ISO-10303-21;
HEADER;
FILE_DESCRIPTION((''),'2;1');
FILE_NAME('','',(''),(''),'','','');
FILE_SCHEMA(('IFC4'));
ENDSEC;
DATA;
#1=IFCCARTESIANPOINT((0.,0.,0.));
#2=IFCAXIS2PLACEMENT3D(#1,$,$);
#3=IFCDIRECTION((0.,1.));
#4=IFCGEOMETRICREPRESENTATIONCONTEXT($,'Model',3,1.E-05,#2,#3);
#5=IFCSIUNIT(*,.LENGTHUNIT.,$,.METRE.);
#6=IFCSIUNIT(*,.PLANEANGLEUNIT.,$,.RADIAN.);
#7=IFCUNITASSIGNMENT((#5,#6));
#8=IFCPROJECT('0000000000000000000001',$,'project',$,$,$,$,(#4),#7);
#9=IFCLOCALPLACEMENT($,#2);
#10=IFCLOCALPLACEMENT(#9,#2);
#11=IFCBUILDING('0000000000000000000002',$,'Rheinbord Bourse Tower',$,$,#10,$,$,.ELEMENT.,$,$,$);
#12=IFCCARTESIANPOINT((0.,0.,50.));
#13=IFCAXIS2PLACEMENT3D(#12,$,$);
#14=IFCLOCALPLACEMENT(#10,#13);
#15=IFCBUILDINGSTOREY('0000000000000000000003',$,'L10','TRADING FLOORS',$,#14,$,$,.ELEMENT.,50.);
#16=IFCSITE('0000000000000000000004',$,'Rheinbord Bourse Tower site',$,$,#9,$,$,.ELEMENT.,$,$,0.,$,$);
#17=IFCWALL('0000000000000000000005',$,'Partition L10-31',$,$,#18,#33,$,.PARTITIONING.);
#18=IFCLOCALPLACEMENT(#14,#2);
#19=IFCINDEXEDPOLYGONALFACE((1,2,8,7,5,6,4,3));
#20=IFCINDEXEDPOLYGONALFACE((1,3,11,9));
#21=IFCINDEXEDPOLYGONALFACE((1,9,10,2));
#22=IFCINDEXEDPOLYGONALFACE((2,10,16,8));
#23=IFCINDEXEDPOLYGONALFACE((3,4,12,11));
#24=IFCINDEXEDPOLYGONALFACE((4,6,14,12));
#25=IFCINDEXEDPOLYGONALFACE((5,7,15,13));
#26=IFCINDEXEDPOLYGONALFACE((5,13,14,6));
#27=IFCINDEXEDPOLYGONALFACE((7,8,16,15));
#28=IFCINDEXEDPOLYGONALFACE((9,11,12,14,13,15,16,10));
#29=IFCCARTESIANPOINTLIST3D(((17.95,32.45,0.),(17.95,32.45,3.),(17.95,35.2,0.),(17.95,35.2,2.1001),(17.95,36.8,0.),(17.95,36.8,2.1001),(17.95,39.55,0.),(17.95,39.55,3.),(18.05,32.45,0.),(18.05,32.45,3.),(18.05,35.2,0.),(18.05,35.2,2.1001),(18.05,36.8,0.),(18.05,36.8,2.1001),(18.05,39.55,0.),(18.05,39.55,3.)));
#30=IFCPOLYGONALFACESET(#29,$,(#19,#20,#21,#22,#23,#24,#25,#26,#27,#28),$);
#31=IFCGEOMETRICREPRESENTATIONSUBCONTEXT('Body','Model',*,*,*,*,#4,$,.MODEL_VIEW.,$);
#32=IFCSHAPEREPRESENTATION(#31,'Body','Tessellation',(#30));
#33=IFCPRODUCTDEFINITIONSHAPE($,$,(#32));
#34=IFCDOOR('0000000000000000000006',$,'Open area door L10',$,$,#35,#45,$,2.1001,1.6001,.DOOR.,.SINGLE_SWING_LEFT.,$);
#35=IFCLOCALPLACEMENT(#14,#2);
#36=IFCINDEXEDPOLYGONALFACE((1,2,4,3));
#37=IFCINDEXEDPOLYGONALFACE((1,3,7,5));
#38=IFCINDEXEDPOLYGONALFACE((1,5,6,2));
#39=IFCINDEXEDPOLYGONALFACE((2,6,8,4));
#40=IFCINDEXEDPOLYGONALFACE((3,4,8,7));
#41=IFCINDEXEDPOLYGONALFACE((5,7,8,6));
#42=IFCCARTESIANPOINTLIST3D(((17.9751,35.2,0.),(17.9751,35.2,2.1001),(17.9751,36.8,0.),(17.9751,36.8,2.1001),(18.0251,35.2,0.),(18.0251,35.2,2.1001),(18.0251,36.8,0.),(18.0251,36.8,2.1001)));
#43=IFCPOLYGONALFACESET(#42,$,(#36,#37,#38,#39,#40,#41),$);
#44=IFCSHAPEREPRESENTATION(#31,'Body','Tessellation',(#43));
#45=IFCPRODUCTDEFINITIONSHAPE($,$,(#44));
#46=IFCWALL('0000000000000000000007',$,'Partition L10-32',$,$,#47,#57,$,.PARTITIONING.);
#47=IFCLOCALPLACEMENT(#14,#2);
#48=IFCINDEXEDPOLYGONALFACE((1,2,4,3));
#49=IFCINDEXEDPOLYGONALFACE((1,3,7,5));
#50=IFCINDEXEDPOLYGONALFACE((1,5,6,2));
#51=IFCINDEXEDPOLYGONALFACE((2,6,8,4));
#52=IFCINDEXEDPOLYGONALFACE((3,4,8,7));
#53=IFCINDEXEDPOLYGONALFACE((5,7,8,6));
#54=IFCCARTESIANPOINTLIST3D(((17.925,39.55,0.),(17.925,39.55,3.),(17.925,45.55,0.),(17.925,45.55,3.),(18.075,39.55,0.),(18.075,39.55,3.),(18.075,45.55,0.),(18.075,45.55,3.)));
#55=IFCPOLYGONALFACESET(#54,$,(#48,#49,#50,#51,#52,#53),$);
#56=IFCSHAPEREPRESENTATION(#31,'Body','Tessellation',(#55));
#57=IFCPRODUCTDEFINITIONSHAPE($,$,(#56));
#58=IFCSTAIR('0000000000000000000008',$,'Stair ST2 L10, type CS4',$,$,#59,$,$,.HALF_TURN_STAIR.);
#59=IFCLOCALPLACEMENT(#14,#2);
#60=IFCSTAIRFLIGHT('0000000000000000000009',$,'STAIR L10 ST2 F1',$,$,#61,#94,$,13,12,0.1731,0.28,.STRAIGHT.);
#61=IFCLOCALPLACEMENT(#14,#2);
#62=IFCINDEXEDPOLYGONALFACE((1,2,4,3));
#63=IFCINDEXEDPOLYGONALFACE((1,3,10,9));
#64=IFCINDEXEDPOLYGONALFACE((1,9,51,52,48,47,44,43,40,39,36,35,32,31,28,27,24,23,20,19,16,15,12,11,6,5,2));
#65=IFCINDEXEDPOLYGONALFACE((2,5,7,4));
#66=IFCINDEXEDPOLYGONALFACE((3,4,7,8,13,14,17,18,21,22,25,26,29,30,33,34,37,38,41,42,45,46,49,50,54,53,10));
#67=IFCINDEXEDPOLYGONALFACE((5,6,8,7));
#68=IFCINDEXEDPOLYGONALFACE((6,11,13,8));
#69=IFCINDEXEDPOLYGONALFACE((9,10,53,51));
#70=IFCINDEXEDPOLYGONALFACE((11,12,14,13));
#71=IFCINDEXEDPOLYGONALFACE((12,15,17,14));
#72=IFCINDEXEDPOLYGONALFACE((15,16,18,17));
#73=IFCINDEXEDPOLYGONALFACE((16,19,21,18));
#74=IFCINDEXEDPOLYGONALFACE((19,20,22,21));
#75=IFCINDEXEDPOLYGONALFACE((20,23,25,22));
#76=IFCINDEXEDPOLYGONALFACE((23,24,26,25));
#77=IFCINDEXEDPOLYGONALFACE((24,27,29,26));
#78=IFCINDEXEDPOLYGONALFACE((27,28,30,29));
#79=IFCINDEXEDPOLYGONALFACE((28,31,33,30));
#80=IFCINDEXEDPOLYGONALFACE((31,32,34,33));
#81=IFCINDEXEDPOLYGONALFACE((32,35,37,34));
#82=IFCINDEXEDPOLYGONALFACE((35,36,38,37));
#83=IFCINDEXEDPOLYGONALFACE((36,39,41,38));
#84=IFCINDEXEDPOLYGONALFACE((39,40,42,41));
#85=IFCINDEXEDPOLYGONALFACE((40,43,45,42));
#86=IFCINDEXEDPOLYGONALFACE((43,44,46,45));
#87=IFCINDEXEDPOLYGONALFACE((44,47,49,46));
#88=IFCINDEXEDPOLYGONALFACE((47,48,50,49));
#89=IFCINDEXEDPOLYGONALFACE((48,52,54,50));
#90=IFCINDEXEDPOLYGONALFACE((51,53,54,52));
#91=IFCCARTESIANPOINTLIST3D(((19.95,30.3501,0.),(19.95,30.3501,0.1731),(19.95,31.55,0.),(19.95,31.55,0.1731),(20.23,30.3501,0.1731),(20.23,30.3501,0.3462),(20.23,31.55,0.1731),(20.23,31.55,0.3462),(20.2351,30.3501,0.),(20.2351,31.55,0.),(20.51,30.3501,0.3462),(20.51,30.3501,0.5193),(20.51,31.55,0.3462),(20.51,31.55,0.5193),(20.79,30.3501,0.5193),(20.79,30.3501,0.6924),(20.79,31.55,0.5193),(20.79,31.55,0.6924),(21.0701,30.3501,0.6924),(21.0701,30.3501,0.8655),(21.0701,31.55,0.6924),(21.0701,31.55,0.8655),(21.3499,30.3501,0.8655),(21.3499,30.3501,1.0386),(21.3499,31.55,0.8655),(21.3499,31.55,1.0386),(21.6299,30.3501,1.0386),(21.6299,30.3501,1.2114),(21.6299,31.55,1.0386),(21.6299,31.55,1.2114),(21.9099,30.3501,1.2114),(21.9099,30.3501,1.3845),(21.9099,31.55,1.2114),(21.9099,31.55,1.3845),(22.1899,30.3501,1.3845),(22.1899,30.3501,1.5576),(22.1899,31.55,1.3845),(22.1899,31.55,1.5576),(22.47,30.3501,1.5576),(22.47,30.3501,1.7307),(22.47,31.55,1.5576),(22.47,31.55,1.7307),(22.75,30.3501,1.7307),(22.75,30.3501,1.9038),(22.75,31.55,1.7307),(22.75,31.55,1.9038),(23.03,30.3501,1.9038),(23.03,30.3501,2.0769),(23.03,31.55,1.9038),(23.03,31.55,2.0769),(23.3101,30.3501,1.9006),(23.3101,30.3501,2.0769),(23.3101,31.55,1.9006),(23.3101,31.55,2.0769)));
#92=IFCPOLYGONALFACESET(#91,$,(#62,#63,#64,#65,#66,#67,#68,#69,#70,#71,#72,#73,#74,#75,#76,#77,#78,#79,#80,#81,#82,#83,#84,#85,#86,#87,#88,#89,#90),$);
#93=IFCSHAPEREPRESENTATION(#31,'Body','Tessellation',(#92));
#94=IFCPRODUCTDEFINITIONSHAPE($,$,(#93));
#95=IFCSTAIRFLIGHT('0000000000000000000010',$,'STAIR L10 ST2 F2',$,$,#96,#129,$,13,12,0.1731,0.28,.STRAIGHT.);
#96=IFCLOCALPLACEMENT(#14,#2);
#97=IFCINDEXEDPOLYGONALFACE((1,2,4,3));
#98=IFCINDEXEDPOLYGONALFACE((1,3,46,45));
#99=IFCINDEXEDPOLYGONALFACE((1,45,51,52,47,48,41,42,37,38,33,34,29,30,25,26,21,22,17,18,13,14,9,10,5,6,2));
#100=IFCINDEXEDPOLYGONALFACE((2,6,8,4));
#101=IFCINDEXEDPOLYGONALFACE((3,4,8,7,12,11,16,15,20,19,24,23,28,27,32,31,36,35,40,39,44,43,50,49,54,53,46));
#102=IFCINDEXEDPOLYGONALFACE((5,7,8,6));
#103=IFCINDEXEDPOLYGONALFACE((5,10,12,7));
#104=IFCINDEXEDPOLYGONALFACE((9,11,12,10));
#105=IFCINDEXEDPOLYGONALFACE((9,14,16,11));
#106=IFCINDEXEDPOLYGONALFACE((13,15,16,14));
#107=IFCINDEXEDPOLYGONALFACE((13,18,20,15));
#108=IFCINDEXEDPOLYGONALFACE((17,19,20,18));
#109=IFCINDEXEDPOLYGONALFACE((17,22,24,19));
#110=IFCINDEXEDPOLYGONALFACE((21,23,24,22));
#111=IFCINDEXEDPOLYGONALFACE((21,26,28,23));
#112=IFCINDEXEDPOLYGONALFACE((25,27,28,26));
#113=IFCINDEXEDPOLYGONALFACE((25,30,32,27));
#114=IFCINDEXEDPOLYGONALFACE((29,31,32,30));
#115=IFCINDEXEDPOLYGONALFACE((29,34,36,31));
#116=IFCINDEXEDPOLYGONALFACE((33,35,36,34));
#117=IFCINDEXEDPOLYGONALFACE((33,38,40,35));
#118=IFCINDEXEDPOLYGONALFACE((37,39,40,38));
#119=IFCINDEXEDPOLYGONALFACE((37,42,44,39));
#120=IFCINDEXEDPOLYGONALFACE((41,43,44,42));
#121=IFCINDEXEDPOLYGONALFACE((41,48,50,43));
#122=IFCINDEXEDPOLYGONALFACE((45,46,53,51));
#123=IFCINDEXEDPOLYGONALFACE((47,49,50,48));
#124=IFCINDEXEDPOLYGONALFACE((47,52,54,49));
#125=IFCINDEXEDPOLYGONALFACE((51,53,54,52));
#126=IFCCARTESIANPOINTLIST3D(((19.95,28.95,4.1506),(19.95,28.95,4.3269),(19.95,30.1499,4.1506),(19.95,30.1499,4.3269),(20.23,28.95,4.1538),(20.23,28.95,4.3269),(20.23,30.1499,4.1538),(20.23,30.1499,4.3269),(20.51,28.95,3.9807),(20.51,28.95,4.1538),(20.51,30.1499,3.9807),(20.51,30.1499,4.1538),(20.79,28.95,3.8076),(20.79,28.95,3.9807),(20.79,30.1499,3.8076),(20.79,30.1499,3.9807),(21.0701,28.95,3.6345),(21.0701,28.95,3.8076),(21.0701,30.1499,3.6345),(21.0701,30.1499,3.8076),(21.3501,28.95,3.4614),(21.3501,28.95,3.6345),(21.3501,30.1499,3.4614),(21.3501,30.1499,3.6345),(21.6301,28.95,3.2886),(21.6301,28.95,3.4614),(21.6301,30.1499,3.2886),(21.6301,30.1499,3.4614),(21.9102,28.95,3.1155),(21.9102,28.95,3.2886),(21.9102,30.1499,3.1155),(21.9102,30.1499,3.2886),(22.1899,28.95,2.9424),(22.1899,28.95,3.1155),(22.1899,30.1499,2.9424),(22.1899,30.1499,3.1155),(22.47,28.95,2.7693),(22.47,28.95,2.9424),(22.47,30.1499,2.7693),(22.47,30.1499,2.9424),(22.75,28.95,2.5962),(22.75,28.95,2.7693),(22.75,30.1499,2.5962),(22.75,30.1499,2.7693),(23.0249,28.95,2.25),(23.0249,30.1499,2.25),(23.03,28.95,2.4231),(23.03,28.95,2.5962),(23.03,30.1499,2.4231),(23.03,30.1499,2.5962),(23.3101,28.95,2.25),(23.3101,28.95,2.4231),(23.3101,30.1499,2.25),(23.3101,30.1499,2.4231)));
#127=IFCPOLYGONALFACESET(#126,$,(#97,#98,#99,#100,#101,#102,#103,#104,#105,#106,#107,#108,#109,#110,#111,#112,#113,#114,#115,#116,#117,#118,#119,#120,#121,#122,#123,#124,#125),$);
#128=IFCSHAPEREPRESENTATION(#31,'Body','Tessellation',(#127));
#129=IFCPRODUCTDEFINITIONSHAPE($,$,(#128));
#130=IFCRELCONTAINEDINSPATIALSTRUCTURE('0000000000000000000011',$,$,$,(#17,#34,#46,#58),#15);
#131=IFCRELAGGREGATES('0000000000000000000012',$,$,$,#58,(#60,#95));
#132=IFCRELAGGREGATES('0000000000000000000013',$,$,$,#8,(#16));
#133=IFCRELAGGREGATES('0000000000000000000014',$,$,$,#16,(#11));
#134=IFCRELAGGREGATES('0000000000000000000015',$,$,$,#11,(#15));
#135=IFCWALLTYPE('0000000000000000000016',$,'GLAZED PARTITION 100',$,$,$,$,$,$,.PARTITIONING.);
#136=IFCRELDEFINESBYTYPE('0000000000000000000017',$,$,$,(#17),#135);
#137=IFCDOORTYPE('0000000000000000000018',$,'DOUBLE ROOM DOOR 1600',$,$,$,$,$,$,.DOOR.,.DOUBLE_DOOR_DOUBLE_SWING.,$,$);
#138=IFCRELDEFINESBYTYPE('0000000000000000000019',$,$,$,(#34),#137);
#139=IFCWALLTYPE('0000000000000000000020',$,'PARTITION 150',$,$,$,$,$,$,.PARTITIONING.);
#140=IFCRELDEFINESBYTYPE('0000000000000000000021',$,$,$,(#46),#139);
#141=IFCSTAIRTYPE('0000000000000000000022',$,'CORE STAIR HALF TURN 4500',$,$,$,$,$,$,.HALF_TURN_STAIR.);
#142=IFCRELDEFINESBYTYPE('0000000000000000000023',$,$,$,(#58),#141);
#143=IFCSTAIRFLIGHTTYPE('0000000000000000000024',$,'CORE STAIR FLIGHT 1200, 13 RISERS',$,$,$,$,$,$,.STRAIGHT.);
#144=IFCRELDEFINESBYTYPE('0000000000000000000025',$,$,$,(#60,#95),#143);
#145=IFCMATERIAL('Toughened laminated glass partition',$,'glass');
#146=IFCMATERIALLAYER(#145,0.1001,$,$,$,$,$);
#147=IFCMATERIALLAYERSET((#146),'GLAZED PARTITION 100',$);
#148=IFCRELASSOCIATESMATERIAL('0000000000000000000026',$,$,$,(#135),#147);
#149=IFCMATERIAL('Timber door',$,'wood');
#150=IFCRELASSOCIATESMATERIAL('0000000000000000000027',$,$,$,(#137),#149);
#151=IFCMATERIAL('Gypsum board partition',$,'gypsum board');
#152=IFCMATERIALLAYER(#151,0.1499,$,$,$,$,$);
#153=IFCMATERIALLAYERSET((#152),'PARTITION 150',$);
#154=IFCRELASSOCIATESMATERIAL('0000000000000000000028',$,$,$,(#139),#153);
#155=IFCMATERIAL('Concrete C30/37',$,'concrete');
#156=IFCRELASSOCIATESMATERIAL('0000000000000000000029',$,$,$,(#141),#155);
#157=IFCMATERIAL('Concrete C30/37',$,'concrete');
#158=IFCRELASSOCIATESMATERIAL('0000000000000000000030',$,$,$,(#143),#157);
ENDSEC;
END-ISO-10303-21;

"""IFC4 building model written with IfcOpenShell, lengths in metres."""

from ifc_helpers import new_model, si_unit, direction, frame, frame_2d, origin, place, context, subcontext, project, spatial, polyline, rectangle, outline, extrude, material, layer, layer_set, type_object, element, fill, aggregate, save


model = new_model("IFC4")

# Units and contexts
model_context = context("Model", 3, precision=1e-05, world=origin(), true_north=direction((0.0, 1.0)))
body_context = subcontext(model_context, "Body", "Model", "MODEL_VIEW")
ifc_project = project(units=[si_unit("LENGTHUNIT", "METRE"), si_unit("PLANEANGLEUNIT", "RADIAN")], contexts=[model_context])

# Site, building, storey
site_placement = place(None, origin())
site = spatial("IfcSite", under=ifc_project, at=site_placement, Name="Rheinbord Bourse Tower site", CompositionType="ELEMENT", RefElevation=0.0)
building_placement = place(site_placement, origin())
building = spatial("IfcBuilding", under=site, at=building_placement, Name="Rheinbord Bourse Tower", CompositionType="ELEMENT")
storey_placement = place(building_placement, frame((0.0, 0.0, 50.0)))
storey = spatial("IfcBuildingStorey", under=building, at=storey_placement, Name="L10", Description="TRADING FLOORS", CompositionType="ELEMENT", Elevation=50.0)

# Wall, opening, door
ifc_material_1 = material(Name="Toughened laminated glass partition", Category="glass")
ifc_layer_1 = layer(ifc_material_1, 0.1001)
ifc_layer_set_1 = layer_set([ifc_layer_1], Name="GLAZED PARTITION 100")
wall_type_1 = type_object("IfcWallType", Name="GLAZED PARTITION 100", PredefinedType="PARTITIONING", material=ifc_layer_set_1)
wall_1_placement = place(storey_placement, frame((18.0, 32.45, 0.0), z_axis=(0.0, 0.0, 1.0), x_axis=(0.0, 1.0, 0.0)))
wall_1 = element("IfcWall", 1, at=wall_1_placement, inside=storey, type_object=wall_type_1, Name="Partition L10-31", PredefinedType="PARTITIONING", context=body_context, shape_type="SweptSolid", body=[
    extrude(rectangle(XDim=7.1001, YDim=0.1001, at=frame_2d((3.55, 0.0))), origin(), (0.0, 0.0, 1.0), 3.0),
])
opening_1_placement = place(wall_1_placement, frame((2.75, 0.0, 0.0)))
opening_1 = element("IfcOpeningElement", 2, at=opening_1_placement, cuts=wall_1, PredefinedType="OPENING", context=body_context, shape_type="SweptSolid", body=[
    extrude(rectangle(XDim=1.6001, YDim=2.1001, at=frame_2d((0.8, 1.05))), frame((0.0, 0.0601, 0.0), z_axis=(0.0, -1.0, 0.0), x_axis=(1.0, 0.0, 0.0)), (0.0, 0.0, 1.0), 0.1201),
])
ifc_material_2 = material(Name="Timber door", Category="wood")
door_type_1 = type_object("IfcDoorType", Name="DOUBLE ROOM DOOR 1600", OperationType="DOUBLE_DOOR_DOUBLE_SWING", PredefinedType="DOOR", material=ifc_material_2)
door_1_placement = place(opening_1_placement, origin())
door_1 = element("IfcDoor", 3, at=door_1_placement, inside=storey, type_object=door_type_1, Name="Open area door L10", OperationType="SINGLE_SWING_LEFT", OverallHeight=2.1001, OverallWidth=1.6001, PredefinedType="DOOR", context=body_context, shape_type="SweptSolid", body=[
    extrude(rectangle(XDim=1.6001, YDim=2.1001, at=frame_2d((0.8, 1.05))), frame((0.0, 0.0249, 0.0), z_axis=(0.0, -1.0, 0.0), x_axis=(1.0, 0.0, 0.0)), (0.0, 0.0, 1.0), 0.05),
])
fill(opening_1, door_1)

# Wall
ifc_material_3 = material(Name="Gypsum board partition", Category="gypsum board")
ifc_layer_2 = layer(ifc_material_3, 0.1499)
ifc_layer_set_2 = layer_set([ifc_layer_2], Name="PARTITION 150")
wall_type_2 = type_object("IfcWallType", Name="PARTITION 150", PredefinedType="PARTITIONING", material=ifc_layer_set_2)
wall_2_placement = place(storey_placement, frame((18.0, 39.55, 0.0), z_axis=(0.0, 0.0, 1.0), x_axis=(0.0, 1.0, 0.0)))
element("IfcWall", 4, at=wall_2_placement, inside=storey, type_object=wall_type_2, Name="Partition L10-32", PredefinedType="PARTITIONING", context=body_context, shape_type="SweptSolid", body=[
    extrude(rectangle(XDim=6.0, YDim=0.1499, at=frame_2d((3.0, 0.0))), origin(), (0.0, 0.0, 1.0), 3.0),
])

# Stair, stair flights
ifc_material_4 = material(Name="Concrete C30/37", Category="concrete")
stair_type = type_object("IfcStairType", Name="CORE STAIR HALF TURN 4500", PredefinedType="HALF_TURN_STAIR", material=ifc_material_4)
stair_placement = place(storey_placement, origin())
stair = element("IfcStair", 5, at=stair_placement, inside=storey, type_object=stair_type, Name="Stair ST2 L10, type CS4", PredefinedType="HALF_TURN_STAIR")
ifc_material_5 = material(Name="Concrete C30/37", Category="concrete")
stair_flight_type = type_object("IfcStairFlightType", Name="CORE STAIR FLIGHT 1200, 13 RISERS", PredefinedType="STRAIGHT", material=ifc_material_5)
stair_flight_1_placement = place(storey_placement, frame((19.95, 30.95, 0.0), z_axis=(0.0, 0.0, 1.0), x_axis=(1.0, 0.0, 0.0)))
stair_flight_1 = element("IfcStairFlight", 6, at=stair_flight_1_placement, type_object=stair_flight_type, Name="STAIR L10 ST2 F1", NumberOfRisers=13, NumberOfTreads=12, PredefinedType="STRAIGHT", RiserHeight=0.1731, TreadLength=0.28, context=body_context, shape_type="SweptSolid", body=[
    extrude(outline(polyline([(0.0, 0.0), (0.0, 0.1731), (0.28, 0.1731), (0.28, 0.3462), (0.5601, 0.3462), (0.5601, 0.5193), (0.8401, 0.5193), (0.8401, 0.6924), (1.1201, 0.6924), (1.1201, 0.8655), (1.3999, 0.8655), (1.3999, 1.0386), (1.6799, 1.0386), (1.6799, 1.2114), (1.96, 1.2114), (1.96, 1.3845), (2.24, 1.3845), (2.24, 1.5576), (2.52, 1.5576), (2.52, 1.7307), (2.8, 1.7307), (2.8, 1.9038), (3.0801, 1.9038), (3.0801, 2.0769), (3.3601, 2.0769), (3.3601, 2.25), (3.3601, 1.9006), (0.2852, 0.0), (0.0, 0.0)])), frame((0.0, 0.6001, 0.0), z_axis=(0.0, -1.0, 0.0), x_axis=(1.0, 0.0, 0.0)), (0.0, 0.0, 1.0), 1.2),
])
stair_flight_2_placement = place(storey_placement, frame((23.3101, 29.55, 2.25), z_axis=(0.0, 0.0, 1.0), x_axis=(-1.0, 0.0, 0.0)))
stair_flight_2 = element("IfcStairFlight", 7, at=stair_flight_2_placement, type_object=stair_flight_type, Name="STAIR L10 ST2 F2", NumberOfRisers=13, NumberOfTreads=12, PredefinedType="STRAIGHT", RiserHeight=0.1731, TreadLength=0.28, context=body_context, shape_type="SweptSolid", body=[
    extrude(outline(polyline([(0.0, 0.0), (0.0, 0.1731), (0.28, 0.1731), (0.28, 0.3462), (0.5601, 0.3462), (0.5601, 0.5193), (0.8401, 0.5193), (0.8401, 0.6924), (1.1201, 0.6924), (1.1201, 0.8655), (1.3999, 0.8655), (1.3999, 1.0386), (1.6799, 1.0386), (1.6799, 1.2114), (1.96, 1.2114), (1.96, 1.3845), (2.24, 1.3845), (2.24, 1.5576), (2.52, 1.5576), (2.52, 1.7307), (2.8, 1.7307), (2.8, 1.9038), (3.0801, 1.9038), (3.0801, 2.0769), (3.3601, 2.0769), (3.3601, 2.25), (3.3601, 1.9006), (0.2852, 0.0), (0.0, 0.0)])), frame((0.0, 0.6001, 0.0), z_axis=(0.0, -1.0, 0.0), x_axis=(1.0, 0.0, 0.0)), (0.0, 0.0, 1.0), 1.2),
])
aggregate(stair, [stair_flight_1, stair_flight_2])

save(model, "model.ifc")
